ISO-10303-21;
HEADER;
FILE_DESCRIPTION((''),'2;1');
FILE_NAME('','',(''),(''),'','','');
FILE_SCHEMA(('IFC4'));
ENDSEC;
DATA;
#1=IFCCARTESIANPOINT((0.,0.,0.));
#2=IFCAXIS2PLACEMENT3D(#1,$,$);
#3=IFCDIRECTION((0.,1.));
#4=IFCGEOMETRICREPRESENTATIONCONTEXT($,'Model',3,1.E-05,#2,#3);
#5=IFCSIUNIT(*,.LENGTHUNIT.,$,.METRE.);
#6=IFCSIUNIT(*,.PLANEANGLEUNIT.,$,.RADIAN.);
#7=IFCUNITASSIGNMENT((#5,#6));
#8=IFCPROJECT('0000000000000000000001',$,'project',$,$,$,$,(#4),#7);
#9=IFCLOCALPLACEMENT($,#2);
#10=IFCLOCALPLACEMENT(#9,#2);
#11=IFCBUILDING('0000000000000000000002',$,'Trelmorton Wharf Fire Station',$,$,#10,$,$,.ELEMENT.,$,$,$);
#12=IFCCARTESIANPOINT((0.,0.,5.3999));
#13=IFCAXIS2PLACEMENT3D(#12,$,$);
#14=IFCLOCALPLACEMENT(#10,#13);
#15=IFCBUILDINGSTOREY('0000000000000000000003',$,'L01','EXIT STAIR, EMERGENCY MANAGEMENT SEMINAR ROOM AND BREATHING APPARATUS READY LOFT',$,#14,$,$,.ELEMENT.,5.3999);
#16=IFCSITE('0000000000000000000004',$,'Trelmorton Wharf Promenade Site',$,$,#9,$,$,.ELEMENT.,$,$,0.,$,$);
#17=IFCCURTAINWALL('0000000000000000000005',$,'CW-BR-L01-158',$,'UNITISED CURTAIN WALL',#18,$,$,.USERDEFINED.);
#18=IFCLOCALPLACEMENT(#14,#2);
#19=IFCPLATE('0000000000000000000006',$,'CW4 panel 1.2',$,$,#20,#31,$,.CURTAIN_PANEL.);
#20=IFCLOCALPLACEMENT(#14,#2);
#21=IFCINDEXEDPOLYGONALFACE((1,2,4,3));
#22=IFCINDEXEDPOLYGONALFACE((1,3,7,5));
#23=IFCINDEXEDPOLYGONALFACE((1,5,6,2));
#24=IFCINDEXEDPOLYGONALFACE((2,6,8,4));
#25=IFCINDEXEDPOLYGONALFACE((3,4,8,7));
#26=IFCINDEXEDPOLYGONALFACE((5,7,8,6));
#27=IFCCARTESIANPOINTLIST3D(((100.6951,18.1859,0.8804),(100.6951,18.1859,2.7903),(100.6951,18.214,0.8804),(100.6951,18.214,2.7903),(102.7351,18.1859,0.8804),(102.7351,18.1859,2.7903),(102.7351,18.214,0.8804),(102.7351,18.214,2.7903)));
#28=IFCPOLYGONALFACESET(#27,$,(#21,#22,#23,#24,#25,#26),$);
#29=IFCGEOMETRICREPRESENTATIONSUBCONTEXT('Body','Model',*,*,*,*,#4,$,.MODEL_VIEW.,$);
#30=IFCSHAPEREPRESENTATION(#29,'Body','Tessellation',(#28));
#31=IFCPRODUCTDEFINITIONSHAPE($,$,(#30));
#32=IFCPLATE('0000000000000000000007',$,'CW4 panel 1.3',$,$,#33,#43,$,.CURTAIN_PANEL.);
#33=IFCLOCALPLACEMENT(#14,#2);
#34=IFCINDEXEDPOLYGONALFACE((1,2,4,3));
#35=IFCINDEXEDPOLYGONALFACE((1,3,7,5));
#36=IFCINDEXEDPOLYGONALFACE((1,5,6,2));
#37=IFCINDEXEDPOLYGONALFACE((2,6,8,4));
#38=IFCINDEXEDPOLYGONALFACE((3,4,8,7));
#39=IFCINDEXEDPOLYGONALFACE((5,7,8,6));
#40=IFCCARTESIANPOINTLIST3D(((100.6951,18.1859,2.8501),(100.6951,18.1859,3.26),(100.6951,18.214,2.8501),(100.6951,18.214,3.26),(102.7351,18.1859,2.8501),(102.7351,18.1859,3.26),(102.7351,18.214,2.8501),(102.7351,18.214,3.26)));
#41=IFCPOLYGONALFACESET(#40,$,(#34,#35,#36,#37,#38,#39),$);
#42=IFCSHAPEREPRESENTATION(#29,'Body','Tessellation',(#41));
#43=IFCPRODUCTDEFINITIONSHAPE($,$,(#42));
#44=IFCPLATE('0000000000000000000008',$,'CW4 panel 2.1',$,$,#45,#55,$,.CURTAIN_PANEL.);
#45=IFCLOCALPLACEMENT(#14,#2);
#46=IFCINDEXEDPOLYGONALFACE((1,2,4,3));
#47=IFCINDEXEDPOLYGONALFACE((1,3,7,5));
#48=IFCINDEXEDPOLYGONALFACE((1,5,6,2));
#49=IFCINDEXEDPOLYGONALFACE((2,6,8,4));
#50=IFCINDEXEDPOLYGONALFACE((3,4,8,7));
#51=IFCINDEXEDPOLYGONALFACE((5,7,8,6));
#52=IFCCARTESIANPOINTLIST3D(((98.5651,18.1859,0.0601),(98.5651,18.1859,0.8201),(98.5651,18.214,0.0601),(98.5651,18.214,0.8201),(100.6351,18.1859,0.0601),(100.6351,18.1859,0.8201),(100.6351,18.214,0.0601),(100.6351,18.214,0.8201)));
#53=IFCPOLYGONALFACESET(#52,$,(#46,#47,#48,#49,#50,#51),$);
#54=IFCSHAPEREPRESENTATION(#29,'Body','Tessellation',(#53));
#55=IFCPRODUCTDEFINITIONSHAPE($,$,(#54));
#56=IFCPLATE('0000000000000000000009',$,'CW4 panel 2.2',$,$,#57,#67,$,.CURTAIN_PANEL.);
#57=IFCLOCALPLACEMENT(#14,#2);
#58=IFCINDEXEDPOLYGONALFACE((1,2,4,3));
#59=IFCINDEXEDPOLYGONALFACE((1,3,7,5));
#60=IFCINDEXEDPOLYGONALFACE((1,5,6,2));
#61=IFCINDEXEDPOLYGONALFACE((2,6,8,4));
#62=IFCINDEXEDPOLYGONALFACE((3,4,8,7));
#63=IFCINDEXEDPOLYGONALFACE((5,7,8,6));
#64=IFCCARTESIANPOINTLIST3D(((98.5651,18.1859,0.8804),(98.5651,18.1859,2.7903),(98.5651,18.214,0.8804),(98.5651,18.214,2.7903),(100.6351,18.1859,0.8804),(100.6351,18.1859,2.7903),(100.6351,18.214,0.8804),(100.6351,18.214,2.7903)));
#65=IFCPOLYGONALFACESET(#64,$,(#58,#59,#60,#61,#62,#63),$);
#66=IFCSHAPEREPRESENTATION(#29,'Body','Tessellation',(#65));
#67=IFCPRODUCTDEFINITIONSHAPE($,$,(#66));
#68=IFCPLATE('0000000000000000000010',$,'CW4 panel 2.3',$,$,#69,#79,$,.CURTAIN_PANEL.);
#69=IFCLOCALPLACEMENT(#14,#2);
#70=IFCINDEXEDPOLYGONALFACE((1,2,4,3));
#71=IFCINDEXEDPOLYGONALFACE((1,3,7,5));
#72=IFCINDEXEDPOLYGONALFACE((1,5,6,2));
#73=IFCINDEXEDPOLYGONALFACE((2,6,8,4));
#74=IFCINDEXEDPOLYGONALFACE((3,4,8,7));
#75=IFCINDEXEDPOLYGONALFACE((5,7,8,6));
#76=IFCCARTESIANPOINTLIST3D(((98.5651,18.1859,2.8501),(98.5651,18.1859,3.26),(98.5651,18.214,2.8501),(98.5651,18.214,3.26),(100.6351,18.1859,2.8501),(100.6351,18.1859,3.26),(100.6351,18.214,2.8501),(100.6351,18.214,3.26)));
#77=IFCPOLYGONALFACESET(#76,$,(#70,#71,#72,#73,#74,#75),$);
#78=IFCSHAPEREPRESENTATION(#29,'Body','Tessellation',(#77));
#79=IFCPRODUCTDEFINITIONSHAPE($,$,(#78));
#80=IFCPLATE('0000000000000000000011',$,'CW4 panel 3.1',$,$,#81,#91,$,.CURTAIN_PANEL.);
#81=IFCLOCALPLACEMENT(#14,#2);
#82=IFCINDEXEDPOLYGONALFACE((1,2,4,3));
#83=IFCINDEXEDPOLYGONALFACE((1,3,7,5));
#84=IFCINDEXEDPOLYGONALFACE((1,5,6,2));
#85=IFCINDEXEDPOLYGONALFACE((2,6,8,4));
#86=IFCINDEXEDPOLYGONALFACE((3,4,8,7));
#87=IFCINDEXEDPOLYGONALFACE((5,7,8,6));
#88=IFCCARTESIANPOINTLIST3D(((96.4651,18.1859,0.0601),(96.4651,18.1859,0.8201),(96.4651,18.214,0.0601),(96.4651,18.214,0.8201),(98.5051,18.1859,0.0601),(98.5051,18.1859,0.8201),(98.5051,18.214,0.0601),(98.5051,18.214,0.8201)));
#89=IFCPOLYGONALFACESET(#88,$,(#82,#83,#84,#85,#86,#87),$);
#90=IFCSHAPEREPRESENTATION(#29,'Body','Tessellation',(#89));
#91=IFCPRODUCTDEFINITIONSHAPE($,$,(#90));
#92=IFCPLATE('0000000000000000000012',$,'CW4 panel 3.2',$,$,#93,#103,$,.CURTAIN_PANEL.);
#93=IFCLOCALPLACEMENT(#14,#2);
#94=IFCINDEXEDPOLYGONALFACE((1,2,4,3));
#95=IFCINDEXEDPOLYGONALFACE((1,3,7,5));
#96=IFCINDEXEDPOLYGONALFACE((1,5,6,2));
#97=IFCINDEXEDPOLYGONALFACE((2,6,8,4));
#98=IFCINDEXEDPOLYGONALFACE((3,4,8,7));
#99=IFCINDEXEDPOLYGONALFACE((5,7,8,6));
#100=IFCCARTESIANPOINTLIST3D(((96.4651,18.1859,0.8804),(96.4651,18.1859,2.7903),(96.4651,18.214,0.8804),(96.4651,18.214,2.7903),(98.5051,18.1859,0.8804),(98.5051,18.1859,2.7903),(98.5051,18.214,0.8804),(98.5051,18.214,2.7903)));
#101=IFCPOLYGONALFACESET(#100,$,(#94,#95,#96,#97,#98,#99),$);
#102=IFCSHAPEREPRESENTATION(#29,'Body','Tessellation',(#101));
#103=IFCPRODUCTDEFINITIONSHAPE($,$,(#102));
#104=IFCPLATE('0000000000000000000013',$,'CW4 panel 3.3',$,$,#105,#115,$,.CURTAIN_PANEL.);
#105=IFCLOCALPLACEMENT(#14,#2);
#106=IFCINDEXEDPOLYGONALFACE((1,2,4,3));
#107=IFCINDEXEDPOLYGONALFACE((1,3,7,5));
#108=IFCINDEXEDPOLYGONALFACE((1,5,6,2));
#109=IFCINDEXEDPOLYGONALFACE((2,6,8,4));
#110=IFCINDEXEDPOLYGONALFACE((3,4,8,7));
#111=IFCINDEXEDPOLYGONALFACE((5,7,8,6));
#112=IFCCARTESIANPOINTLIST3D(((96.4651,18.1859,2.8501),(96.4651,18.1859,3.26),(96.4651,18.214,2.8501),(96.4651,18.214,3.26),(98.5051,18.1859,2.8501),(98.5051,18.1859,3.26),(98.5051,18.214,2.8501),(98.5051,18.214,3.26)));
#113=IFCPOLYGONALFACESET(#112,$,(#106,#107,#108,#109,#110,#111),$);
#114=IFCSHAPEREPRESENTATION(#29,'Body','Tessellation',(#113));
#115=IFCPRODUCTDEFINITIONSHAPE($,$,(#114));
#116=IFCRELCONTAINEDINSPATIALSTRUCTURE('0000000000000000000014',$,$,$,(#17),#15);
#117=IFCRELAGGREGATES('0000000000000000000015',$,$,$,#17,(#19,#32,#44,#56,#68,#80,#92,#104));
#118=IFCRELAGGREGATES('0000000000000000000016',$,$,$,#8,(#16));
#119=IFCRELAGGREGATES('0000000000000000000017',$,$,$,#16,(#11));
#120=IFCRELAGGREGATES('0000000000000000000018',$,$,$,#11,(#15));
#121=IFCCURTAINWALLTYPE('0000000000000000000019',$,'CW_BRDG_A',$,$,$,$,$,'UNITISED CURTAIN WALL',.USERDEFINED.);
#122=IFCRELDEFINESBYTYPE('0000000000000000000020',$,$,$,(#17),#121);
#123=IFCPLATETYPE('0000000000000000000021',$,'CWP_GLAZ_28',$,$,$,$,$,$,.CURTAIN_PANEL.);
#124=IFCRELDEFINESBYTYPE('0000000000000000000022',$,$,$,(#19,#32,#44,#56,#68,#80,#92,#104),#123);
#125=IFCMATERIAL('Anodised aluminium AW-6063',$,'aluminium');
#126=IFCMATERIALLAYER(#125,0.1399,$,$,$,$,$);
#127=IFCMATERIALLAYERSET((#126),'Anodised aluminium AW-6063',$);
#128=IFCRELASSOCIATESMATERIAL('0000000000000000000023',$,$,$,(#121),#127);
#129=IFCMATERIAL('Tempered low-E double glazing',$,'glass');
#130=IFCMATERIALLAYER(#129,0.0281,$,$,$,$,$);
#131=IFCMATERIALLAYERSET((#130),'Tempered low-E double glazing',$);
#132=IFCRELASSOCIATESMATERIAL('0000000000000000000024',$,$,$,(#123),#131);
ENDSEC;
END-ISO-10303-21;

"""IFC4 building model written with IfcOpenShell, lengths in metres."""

from ifc_helpers import new_model, si_unit, direction, frame, origin, origin_2d, place, context, subcontext, project, spatial, rectangle, extrude, material, layer, layer_set, type_object, element, aggregate, save


model = new_model("IFC4")

# Units and contexts
model_context = context("Model", 3, precision=1e-05, world=origin(), true_north=direction((0.0, 1.0)))
body_context = subcontext(model_context, "Body", "Model", "MODEL_VIEW")
ifc_project = project(units=[si_unit("LENGTHUNIT", "METRE"), si_unit("PLANEANGLEUNIT", "RADIAN")], contexts=[model_context])

# Site, building, storey
site_placement = place(None, origin())
site = spatial("IfcSite", under=ifc_project, at=site_placement, Name="Trelmorton Wharf Promenade Site", CompositionType="ELEMENT", RefElevation=0.0)
building_placement = place(site_placement, origin())
building = spatial("IfcBuilding", under=site, at=building_placement, Name="Trelmorton Wharf Fire Station", CompositionType="ELEMENT")
storey_placement = place(building_placement, frame((0.0, 0.0, 5.3999)))
storey = spatial("IfcBuildingStorey", under=building, at=storey_placement, Name="L01", Description="EXIT STAIR, EMERGENCY MANAGEMENT SEMINAR ROOM AND BREATHING APPARATUS READY LOFT", CompositionType="ELEMENT", Elevation=5.3999)

# Curtain wall, plates
ifc_material_1 = material(Name="Anodised aluminium AW-6063", Category="aluminium")
ifc_layer_1 = layer(ifc_material_1, 0.1399)
ifc_layer_set_1 = layer_set([ifc_layer_1], Name="Anodised aluminium AW-6063")
curtain_wall_type = type_object("IfcCurtainWallType", Name="CW_BRDG_A", ElementType="UNITISED CURTAIN WALL", PredefinedType="USERDEFINED", material=ifc_layer_set_1)
curtain_wall_placement = place(storey_placement, origin())
curtain_wall = element("IfcCurtainWall", 1, at=curtain_wall_placement, inside=storey, type_object=curtain_wall_type, Name="CW-BR-L01-158", ObjectType="UNITISED CURTAIN WALL", PredefinedType="USERDEFINED")
ifc_material_2 = material(Name="Tempered low-E double glazing", Category="glass")
ifc_layer_2 = layer(ifc_material_2, 0.0281)
ifc_layer_set_2 = layer_set([ifc_layer_2], Name="Tempered low-E double glazing")
plate_type = type_object("IfcPlateType", Name="CWP_GLAZ_28", PredefinedType="CURTAIN_PANEL", material=ifc_layer_set_2)
plate_1_placement = place(storey_placement, frame((101.7151, 18.2, 0.8804), z_axis=(0.0, 0.0, 1.0), x_axis=(-1.0, 0.0, 0.0)))
plate_1 = element("IfcPlate", 2, at=plate_1_placement, type_object=plate_type, Name="CW4 panel 1.2", PredefinedType="CURTAIN_PANEL", context=body_context, shape_type="SweptSolid", body=[
    extrude(rectangle(XDim=2.04, YDim=0.0281, at=origin_2d()), origin(), (0.0, 0.0, 1.0), 1.9099),
])
plate_2_placement = place(storey_placement, frame((101.7151, 18.2, 2.8501), z_axis=(0.0, 0.0, 1.0), x_axis=(-1.0, 0.0, 0.0)))
plate_2 = element("IfcPlate", 3, at=plate_2_placement, type_object=plate_type, Name="CW4 panel 1.3", PredefinedType="CURTAIN_PANEL", context=body_context, shape_type="SweptSolid", body=[
    extrude(rectangle(XDim=2.04, YDim=0.0281, at=origin_2d()), origin(), (0.0, 0.0, 1.0), 0.4099),
])
plate_3_placement = place(storey_placement, frame((99.6001, 18.2, 0.0601), z_axis=(0.0, 0.0, 1.0), x_axis=(-1.0, 0.0, 0.0)))
plate_3 = element("IfcPlate", 4, at=plate_3_placement, type_object=plate_type, Name="CW4 panel 2.1", PredefinedType="CURTAIN_PANEL", context=body_context, shape_type="SweptSolid", body=[
    extrude(rectangle(XDim=2.0701, YDim=0.0281, at=origin_2d()), origin(), (0.0, 0.0, 1.0), 0.76),
])
plate_4_placement = place(storey_placement, frame((99.6001, 18.2, 0.8804), z_axis=(0.0, 0.0, 1.0), x_axis=(-1.0, 0.0, 0.0)))
plate_4 = element("IfcPlate", 5, at=plate_4_placement, type_object=plate_type, Name="CW4 panel 2.2", PredefinedType="CURTAIN_PANEL", context=body_context, shape_type="SweptSolid", body=[
    extrude(rectangle(XDim=2.0701, YDim=0.0281, at=origin_2d()), origin(), (0.0, 0.0, 1.0), 1.9099),
])
plate_5_placement = place(storey_placement, frame((99.6001, 18.2, 2.8501), z_axis=(0.0, 0.0, 1.0), x_axis=(-1.0, 0.0, 0.0)))
plate_5 = element("IfcPlate", 6, at=plate_5_placement, type_object=plate_type, Name="CW4 panel 2.3", PredefinedType="CURTAIN_PANEL", context=body_context, shape_type="SweptSolid", body=[
    extrude(rectangle(XDim=2.0701, YDim=0.0281, at=origin_2d()), origin(), (0.0, 0.0, 1.0), 0.4099),
])
plate_6_placement = place(storey_placement, frame((97.4851, 18.2, 0.0601), z_axis=(0.0, 0.0, 1.0), x_axis=(-1.0, 0.0, 0.0)))
plate_6 = element("IfcPlate", 7, at=plate_6_placement, type_object=plate_type, Name="CW4 panel 3.1", PredefinedType="CURTAIN_PANEL", context=body_context, shape_type="SweptSolid", body=[
    extrude(rectangle(XDim=2.04, YDim=0.0281, at=origin_2d()), origin(), (0.0, 0.0, 1.0), 0.76),
])
plate_7_placement = place(storey_placement, frame((97.4851, 18.2, 0.8804), z_axis=(0.0, 0.0, 1.0), x_axis=(-1.0, 0.0, 0.0)))
plate_7 = element("IfcPlate", 8, at=plate_7_placement, type_object=plate_type, Name="CW4 panel 3.2", PredefinedType="CURTAIN_PANEL", context=body_context, shape_type="SweptSolid", body=[
    extrude(rectangle(XDim=2.04, YDim=0.0281, at=origin_2d()), origin(), (0.0, 0.0, 1.0), 1.9099),
])
plate_8_placement = place(storey_placement, frame((97.4851, 18.2, 2.8501), z_axis=(0.0, 0.0, 1.0), x_axis=(-1.0, 0.0, 0.0)))
plate_8 = element("IfcPlate", 9, at=plate_8_placement, type_object=plate_type, Name="CW4 panel 3.3", PredefinedType="CURTAIN_PANEL", context=body_context, shape_type="SweptSolid", body=[
    extrude(rectangle(XDim=2.04, YDim=0.0281, at=origin_2d()), origin(), (0.0, 0.0, 1.0), 0.4099),
])
aggregate(curtain_wall, [plate_1, plate_2, plate_3, plate_4, plate_5, plate_6, plate_7, plate_8])

save(model, "model.ifc")
